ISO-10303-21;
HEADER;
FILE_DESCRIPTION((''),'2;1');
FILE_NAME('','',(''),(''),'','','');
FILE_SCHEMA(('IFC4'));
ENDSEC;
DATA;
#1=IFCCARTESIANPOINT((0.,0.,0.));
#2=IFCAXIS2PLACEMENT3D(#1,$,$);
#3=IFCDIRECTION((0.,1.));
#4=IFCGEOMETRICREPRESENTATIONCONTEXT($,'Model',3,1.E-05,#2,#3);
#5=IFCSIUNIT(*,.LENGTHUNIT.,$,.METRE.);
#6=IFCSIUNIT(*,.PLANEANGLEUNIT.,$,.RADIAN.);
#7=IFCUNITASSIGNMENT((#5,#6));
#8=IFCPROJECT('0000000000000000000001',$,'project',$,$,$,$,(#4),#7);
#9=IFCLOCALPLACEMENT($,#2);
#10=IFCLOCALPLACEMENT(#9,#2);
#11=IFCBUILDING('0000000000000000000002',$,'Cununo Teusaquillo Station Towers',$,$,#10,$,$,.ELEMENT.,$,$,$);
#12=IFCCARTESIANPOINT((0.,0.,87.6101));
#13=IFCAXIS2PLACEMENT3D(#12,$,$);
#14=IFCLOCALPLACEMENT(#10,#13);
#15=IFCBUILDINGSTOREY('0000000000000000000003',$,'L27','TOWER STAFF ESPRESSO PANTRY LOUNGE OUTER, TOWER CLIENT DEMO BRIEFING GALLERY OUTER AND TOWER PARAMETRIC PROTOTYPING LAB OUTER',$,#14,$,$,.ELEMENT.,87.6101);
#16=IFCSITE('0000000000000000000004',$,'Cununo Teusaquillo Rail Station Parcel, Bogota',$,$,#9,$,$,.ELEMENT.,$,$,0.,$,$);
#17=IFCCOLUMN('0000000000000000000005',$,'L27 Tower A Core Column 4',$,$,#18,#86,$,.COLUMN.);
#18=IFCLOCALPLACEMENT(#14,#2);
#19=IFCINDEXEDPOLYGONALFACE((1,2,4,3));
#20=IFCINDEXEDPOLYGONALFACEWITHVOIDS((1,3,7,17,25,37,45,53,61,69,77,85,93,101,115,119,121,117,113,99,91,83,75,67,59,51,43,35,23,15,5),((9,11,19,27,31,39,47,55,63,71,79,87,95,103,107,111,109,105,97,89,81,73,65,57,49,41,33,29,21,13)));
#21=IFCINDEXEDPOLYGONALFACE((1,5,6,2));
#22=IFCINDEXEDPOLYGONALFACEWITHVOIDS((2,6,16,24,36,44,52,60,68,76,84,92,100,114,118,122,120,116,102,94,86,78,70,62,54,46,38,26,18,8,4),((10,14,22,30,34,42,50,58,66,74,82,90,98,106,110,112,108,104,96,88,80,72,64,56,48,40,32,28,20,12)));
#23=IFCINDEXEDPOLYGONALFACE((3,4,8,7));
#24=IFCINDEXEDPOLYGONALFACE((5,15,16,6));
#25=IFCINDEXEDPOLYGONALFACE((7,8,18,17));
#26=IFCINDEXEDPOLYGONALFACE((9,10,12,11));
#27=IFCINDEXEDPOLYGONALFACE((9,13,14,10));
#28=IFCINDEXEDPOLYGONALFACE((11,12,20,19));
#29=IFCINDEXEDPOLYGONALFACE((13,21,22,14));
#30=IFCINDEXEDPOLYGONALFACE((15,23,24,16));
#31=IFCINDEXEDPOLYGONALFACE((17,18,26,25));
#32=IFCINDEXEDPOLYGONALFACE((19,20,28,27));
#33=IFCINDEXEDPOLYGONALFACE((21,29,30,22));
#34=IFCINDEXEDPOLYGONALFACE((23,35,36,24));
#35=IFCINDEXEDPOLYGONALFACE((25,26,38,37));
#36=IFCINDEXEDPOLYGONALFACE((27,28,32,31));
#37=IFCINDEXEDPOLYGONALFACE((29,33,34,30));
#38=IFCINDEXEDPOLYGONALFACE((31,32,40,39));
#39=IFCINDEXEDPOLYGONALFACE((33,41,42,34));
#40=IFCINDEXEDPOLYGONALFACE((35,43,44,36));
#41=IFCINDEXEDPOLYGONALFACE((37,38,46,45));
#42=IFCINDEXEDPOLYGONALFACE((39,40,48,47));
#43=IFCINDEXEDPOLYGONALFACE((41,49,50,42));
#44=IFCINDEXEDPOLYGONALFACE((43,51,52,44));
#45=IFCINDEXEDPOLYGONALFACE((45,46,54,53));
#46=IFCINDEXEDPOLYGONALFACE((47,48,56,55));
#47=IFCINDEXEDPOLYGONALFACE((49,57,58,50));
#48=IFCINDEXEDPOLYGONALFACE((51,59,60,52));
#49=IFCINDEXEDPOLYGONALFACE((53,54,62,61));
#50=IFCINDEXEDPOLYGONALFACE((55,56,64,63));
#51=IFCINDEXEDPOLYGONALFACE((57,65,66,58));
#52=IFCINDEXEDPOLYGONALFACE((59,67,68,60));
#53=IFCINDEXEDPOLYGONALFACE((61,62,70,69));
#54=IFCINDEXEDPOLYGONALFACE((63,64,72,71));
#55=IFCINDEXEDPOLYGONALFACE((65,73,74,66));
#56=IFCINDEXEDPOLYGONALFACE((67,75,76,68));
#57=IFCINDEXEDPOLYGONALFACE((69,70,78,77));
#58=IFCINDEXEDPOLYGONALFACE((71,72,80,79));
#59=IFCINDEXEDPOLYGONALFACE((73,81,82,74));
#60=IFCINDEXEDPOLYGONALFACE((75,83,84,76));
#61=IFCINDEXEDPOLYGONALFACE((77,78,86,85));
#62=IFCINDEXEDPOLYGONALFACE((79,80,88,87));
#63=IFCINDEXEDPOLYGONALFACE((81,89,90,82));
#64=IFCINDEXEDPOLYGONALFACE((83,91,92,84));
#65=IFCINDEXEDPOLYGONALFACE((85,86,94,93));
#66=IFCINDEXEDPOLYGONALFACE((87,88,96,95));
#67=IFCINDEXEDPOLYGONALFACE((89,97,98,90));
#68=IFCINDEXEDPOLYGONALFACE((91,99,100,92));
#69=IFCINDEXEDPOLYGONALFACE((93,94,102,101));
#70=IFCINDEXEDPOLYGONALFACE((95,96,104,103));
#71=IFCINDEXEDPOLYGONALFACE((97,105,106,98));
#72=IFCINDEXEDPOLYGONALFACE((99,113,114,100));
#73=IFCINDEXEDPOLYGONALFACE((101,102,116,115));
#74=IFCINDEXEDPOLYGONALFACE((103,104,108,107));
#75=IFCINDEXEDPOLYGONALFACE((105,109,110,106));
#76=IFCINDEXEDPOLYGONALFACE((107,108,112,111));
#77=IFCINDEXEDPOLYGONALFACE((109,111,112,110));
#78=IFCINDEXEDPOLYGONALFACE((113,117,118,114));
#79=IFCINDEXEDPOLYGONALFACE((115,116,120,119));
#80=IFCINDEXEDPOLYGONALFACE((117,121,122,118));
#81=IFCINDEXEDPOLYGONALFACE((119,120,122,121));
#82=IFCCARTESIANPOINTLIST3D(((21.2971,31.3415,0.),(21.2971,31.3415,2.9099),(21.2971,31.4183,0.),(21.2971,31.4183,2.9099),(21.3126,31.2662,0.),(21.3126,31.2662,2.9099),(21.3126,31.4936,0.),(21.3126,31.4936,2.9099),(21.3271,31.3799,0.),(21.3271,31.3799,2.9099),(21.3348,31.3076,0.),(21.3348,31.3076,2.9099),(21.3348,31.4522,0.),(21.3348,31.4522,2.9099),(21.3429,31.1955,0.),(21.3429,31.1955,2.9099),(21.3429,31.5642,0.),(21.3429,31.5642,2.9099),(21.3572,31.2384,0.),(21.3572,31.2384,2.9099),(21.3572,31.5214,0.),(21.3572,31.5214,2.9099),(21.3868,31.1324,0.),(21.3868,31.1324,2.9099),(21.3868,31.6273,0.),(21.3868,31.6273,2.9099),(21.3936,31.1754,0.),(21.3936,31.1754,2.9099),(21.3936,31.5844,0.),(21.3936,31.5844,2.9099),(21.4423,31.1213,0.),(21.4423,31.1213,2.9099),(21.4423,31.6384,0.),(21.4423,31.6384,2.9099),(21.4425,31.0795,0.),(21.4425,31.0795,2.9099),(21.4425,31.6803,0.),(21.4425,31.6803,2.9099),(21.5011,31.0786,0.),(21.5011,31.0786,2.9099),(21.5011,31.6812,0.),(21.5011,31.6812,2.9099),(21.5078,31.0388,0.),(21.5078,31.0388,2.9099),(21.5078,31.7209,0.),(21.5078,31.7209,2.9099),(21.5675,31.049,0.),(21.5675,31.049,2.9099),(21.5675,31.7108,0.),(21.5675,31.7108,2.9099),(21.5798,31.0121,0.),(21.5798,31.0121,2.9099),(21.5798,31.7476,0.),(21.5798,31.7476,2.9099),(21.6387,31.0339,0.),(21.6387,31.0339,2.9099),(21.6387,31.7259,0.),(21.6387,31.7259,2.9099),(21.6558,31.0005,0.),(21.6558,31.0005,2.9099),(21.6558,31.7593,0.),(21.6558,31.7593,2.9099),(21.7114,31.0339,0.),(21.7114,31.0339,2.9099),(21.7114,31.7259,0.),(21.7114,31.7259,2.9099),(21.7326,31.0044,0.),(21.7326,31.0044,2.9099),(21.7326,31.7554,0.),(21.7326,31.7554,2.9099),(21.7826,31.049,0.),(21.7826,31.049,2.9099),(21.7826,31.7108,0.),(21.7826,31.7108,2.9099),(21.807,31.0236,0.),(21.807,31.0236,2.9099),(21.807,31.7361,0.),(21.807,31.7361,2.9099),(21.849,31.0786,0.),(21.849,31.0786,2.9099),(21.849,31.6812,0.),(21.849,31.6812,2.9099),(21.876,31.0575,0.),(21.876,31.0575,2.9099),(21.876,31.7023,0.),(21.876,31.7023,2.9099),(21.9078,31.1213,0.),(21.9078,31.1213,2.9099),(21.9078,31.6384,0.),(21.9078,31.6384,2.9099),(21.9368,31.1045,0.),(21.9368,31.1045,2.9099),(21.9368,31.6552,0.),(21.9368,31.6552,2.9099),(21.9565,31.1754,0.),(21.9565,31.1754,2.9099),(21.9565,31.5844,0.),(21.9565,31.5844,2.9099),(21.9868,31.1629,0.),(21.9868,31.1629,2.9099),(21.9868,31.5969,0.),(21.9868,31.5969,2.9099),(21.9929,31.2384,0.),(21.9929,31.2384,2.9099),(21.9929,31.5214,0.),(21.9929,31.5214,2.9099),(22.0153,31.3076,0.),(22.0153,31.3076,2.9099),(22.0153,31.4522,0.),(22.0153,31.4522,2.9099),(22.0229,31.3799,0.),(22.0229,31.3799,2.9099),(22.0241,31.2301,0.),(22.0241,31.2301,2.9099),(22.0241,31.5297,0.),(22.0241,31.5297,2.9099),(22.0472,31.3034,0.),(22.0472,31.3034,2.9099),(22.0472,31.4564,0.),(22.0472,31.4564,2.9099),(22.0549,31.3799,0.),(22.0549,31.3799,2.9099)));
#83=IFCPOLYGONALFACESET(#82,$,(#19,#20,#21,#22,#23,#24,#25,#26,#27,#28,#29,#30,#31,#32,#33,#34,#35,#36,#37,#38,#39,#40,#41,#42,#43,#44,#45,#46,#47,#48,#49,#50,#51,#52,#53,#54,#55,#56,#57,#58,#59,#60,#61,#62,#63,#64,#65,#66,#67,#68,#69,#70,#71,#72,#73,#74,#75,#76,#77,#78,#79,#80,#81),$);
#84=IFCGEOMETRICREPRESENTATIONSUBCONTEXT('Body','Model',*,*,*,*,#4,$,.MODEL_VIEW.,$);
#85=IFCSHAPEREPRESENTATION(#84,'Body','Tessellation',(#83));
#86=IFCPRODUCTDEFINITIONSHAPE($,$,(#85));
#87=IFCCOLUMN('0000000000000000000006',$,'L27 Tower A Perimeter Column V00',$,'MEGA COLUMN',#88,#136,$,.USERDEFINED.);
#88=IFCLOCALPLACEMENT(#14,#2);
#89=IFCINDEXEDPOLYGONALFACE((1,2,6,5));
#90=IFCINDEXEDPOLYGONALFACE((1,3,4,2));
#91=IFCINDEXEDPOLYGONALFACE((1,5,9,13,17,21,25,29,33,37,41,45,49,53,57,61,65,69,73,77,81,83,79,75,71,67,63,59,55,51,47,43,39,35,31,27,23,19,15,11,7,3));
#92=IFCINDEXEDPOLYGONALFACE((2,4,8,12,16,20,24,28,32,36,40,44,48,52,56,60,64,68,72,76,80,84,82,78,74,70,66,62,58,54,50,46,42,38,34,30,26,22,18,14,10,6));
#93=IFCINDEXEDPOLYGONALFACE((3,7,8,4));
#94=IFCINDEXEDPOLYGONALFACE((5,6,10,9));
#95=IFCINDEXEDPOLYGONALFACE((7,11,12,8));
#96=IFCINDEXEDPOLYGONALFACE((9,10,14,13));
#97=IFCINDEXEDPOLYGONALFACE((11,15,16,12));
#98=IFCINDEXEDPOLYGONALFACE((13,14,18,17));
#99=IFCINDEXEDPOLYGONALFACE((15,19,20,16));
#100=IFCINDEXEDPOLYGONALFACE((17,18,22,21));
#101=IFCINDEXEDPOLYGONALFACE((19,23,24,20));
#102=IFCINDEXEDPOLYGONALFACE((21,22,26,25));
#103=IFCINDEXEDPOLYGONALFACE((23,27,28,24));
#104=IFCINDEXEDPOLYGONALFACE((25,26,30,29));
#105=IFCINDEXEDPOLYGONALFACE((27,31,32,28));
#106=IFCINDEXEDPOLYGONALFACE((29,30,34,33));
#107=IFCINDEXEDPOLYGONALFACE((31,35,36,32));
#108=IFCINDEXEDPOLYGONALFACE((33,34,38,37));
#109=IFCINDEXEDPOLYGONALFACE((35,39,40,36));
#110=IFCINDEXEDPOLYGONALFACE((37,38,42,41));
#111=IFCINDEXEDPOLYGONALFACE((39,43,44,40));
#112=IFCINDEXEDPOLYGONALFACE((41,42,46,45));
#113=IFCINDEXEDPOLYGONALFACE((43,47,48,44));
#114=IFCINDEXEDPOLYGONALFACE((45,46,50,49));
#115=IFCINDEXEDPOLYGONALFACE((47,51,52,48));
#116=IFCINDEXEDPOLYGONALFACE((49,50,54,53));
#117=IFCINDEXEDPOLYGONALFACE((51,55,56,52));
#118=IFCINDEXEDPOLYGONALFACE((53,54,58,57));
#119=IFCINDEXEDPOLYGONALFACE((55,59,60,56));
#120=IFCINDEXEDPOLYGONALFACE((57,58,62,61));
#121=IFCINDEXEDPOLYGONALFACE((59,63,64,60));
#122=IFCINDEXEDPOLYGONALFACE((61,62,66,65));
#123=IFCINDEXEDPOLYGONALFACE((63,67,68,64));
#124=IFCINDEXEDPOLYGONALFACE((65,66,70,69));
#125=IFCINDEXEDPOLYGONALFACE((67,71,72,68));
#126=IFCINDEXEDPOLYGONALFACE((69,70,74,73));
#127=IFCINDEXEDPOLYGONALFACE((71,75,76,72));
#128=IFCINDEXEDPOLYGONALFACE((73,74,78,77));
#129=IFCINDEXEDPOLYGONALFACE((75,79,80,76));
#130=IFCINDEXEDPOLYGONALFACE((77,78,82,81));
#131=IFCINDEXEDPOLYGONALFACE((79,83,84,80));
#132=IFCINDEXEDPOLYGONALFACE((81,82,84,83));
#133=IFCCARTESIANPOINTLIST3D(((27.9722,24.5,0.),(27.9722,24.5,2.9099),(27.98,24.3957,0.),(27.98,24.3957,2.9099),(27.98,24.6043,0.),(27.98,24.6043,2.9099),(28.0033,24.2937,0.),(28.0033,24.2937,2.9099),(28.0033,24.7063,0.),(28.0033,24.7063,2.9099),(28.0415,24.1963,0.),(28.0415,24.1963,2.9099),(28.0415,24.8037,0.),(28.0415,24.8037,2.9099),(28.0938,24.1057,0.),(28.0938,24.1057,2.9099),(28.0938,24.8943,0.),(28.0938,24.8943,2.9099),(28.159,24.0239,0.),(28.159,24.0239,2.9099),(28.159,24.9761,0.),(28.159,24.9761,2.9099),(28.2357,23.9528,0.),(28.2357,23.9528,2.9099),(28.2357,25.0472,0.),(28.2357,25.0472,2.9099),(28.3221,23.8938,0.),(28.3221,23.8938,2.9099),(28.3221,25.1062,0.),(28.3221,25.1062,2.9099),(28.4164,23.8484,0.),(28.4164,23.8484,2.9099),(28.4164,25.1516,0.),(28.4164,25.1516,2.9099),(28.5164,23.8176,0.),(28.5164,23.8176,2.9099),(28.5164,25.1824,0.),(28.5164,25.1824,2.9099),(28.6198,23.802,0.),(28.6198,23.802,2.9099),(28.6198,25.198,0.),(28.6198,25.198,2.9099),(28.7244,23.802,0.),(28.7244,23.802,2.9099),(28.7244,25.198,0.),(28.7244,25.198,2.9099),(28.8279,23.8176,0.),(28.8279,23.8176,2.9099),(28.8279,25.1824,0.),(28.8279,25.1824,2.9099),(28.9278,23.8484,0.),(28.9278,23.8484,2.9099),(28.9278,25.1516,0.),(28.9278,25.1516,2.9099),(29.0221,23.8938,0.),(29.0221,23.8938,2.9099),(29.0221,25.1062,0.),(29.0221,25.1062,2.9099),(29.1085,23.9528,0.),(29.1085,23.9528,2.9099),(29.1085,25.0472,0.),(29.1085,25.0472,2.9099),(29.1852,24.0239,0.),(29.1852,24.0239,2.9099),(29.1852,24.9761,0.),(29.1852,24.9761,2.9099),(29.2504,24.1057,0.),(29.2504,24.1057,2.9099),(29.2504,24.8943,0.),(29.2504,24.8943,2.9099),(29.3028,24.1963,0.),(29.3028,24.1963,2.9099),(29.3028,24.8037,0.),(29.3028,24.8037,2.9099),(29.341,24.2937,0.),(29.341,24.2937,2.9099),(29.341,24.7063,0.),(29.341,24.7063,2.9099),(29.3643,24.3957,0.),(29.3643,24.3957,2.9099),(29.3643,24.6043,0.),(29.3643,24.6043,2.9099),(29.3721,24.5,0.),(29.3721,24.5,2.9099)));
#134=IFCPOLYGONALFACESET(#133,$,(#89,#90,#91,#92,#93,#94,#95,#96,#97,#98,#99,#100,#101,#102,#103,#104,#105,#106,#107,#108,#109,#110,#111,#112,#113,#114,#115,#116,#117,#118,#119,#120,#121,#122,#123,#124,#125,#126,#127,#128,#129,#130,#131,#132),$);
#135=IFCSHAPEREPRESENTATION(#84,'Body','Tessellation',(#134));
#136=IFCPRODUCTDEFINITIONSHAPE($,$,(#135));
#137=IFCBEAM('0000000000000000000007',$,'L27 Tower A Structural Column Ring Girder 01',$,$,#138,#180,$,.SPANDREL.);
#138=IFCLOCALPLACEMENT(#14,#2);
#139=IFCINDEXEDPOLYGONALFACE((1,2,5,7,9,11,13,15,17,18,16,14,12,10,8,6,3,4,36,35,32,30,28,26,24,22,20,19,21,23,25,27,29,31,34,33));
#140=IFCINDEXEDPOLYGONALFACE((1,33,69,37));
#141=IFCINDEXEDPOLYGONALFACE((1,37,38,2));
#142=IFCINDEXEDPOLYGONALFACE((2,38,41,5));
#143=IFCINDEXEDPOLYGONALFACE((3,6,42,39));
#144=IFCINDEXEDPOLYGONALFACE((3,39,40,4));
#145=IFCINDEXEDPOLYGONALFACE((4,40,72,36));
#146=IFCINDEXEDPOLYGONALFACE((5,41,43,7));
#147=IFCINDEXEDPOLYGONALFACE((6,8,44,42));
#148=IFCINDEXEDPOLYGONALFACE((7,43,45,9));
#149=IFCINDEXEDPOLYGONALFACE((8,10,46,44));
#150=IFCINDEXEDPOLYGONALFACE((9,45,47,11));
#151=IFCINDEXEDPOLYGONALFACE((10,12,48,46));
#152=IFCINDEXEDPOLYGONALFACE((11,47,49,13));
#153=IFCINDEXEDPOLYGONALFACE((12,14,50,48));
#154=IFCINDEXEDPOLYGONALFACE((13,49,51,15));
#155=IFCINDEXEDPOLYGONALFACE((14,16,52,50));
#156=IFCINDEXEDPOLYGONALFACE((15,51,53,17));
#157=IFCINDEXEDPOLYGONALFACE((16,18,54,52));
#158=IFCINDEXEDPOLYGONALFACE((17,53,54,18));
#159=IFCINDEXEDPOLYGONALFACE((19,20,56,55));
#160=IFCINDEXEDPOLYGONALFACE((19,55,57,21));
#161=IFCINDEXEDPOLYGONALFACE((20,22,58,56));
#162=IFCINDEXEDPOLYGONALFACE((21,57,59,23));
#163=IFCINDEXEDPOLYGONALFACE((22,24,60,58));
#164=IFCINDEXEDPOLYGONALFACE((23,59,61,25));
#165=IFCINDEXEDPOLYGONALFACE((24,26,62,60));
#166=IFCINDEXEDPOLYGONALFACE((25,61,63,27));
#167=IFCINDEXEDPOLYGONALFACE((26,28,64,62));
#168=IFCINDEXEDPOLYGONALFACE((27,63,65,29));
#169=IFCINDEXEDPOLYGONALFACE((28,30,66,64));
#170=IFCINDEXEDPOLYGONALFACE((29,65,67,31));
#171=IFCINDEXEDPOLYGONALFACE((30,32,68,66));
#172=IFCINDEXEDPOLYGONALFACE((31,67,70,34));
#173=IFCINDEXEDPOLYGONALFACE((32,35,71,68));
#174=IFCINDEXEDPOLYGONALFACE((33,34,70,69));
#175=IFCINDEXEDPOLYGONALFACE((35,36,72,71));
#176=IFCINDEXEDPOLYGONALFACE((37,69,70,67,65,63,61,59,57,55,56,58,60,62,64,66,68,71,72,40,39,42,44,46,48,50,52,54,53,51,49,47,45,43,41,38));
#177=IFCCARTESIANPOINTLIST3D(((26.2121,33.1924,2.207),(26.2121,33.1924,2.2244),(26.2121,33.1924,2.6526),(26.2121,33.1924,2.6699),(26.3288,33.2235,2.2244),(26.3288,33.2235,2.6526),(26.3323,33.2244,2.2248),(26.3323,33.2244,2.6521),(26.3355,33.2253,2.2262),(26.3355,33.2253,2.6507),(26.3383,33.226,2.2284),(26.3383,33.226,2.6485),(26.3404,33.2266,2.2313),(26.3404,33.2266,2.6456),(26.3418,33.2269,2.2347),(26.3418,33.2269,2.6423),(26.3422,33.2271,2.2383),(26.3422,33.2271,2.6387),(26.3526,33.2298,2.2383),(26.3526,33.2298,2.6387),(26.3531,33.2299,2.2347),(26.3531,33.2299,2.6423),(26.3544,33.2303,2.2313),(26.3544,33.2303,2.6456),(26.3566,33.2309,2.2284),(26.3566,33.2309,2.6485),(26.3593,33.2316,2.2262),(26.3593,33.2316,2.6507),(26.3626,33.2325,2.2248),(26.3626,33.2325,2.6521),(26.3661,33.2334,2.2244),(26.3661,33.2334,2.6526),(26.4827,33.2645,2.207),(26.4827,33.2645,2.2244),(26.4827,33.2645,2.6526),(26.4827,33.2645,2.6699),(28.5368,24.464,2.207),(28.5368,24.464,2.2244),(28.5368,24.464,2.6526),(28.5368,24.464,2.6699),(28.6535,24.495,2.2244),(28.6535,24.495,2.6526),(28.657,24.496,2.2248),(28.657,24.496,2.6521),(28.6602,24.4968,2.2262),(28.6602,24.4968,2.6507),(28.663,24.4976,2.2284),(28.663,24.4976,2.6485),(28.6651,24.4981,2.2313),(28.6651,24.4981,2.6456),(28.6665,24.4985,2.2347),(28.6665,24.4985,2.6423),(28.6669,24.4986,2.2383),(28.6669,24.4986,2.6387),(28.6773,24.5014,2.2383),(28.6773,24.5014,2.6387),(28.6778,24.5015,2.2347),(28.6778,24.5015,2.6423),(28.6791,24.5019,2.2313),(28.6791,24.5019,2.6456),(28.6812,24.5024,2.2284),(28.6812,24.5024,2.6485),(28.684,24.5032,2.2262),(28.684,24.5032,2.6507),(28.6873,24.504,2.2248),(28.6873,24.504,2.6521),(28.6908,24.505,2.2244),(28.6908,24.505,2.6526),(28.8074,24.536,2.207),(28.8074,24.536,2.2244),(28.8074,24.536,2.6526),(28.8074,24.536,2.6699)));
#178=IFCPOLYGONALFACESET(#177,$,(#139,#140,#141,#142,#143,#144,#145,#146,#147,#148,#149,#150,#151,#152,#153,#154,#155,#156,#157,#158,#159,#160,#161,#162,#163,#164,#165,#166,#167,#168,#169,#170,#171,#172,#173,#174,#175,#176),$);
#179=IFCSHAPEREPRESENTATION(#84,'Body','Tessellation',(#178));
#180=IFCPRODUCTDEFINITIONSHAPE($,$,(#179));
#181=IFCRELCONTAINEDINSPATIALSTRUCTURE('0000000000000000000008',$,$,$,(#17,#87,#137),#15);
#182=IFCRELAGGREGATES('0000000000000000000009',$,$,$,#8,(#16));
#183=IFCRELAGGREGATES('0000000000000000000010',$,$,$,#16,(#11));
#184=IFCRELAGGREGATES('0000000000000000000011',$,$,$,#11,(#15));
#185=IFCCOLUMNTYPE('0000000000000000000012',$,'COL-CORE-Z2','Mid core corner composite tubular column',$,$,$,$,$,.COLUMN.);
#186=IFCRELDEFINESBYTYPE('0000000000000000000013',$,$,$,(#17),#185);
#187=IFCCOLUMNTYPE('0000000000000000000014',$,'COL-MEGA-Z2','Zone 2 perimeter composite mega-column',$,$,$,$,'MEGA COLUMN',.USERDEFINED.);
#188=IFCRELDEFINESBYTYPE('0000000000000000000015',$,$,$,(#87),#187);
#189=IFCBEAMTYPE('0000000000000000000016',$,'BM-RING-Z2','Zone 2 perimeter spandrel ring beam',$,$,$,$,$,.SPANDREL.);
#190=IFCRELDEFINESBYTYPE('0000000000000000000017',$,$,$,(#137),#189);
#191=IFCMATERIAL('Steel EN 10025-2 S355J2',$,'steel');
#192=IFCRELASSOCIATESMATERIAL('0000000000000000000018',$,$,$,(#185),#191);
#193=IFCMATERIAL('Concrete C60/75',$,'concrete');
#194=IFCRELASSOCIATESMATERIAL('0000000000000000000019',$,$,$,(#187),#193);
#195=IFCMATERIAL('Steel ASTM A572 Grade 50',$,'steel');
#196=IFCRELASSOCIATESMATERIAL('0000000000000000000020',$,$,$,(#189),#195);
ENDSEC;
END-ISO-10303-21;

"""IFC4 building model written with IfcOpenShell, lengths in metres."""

from ifc_helpers import new_model, si_unit, direction, frame, origin, origin_2d, place, context, subcontext, project, spatial, circle, hollow_circle, i_section, extrude, material, material_profile, profile_set, type_object, element, save


model = new_model("IFC4")

# Units and contexts
model_context = context("Model", 3, precision=1e-05, world=origin(), true_north=direction((0.0, 1.0)))
body_context = subcontext(model_context, "Body", "Model", "MODEL_VIEW")
ifc_project = project(units=[si_unit("LENGTHUNIT", "METRE"), si_unit("PLANEANGLEUNIT", "RADIAN")], contexts=[model_context])

# Site, building, storey
site_placement = place(None, origin())
site = spatial("IfcSite", under=ifc_project, at=site_placement, Name="Cununo Teusaquillo Rail Station Parcel, Bogota", CompositionType="ELEMENT", RefElevation=0.0)
building_placement = place(site_placement, origin())
building = spatial("IfcBuilding", under=site, at=building_placement, Name="Cununo Teusaquillo Station Towers", CompositionType="ELEMENT")
storey_placement = place(building_placement, frame((0.0, 0.0, 87.6101)))
storey = spatial("IfcBuildingStorey", under=building, at=storey_placement, Name="L27", Description="TOWER STAFF ESPRESSO PANTRY LOUNGE OUTER, TOWER CLIENT DEMO BRIEFING GALLERY OUTER AND TOWER PARAMETRIC PROTOTYPING LAB OUTER", CompositionType="ELEMENT", Elevation=87.6101)

# Columns
ifc_material_1 = material(Name="Steel EN 10025-2 S355J2", Category="steel")
ifc_material_profile_1 = material_profile(ifc_material_1, hollow_circle(Radius=0.3799, WallThickness=0.032, at=origin_2d()), Name="CHS 760x32")
ifc_profile_set_1 = profile_set([ifc_material_profile_1], Name="Steel EN 10025-2 S355J2")
column_type_1 = type_object("IfcColumnType", Name="COL-CORE-Z2", Description="Mid core corner composite tubular column", PredefinedType="COLUMN", material=ifc_profile_set_1)
column_1_placement = place(storey_placement, frame((21.675, 31.3799, 0.0), z_axis=(0.0, 0.0, 1.0), x_axis=(1.0, 0.0, 0.0)))
element("IfcColumn", 1, at=column_1_placement, inside=storey, type_object=column_type_1, Name="L27 Tower A Core Column 4", PredefinedType="COLUMN", context=body_context, shape_type="SweptSolid", body=[
    extrude(hollow_circle(Radius=0.3799, WallThickness=0.032, at=origin_2d()), origin(), (0.0, 0.0, 1.0), 2.9099),
])
ifc_material_2 = material(Name="Concrete C60/75", Category="concrete")
ifc_material_profile_2 = material_profile(ifc_material_2, circle(Radius=0.7, at=origin_2d()), Name="RC-CIRC-1400")
ifc_profile_set_2 = profile_set([ifc_material_profile_2], Name="Concrete C60/75")
column_type_2 = type_object("IfcColumnType", Name="COL-MEGA-Z2", Description="Zone 2 perimeter composite mega-column", ElementType="MEGA COLUMN", PredefinedType="USERDEFINED", material=ifc_profile_set_2)
column_2_placement = place(storey_placement, frame((28.6721, 24.5, 0.0), z_axis=(0.0, 0.0, 1.0), x_axis=(1.0, 0.0, 0.0)))
element("IfcColumn", 2, at=column_2_placement, inside=storey, type_object=column_type_2, Name="L27 Tower A Perimeter Column V00", ObjectType="MEGA COLUMN", PredefinedType="USERDEFINED", context=body_context, shape_type="SweptSolid", body=[
    extrude(circle(Radius=0.7, at=origin_2d()), origin(), (0.0, 0.0, 1.0), 2.9099),
])

# Beam
ifc_material_3 = material(Name="Steel ASTM A572 Grade 50", Category="steel")
ifc_material_profile_3 = material_profile(ifc_material_3, i_section(OverallWidth=0.28, OverallDepth=0.4629, WebThickness=0.0107, FlangeThickness=0.0173, FilletRadius=0.0139, at=origin_2d()), Name="W18X76")
ifc_profile_set_3 = profile_set([ifc_material_profile_3], Name="Steel ASTM A572 Grade 50")
beam_type = type_object("IfcBeamType", Name="BM-RING-Z2", Description="Zone 2 perimeter spandrel ring beam", PredefinedType="SPANDREL", material=ifc_profile_set_3)
beam_1_placement = place(storey_placement, frame((28.6721, 24.5, 2.4385), z_axis=(-0.257363, 0.966315, 0.0), x_axis=(-0.966315, -0.257363, 0.0)))
element("IfcBeam", 3, at=beam_1_placement, inside=storey, type_object=beam_type, Name="L27 Tower A Structural Column Ring Girder 01", PredefinedType="SPANDREL", context=body_context, shape_type="SweptSolid", body=[
    extrude(i_section(OverallWidth=0.28, OverallDepth=0.4629, WebThickness=0.0107, FlangeThickness=0.0173, FilletRadius=0.0139, at=origin_2d()), origin(), (0.0, 0.0, 1.0), 9.0327),
])

save(model, "model.ifc")
